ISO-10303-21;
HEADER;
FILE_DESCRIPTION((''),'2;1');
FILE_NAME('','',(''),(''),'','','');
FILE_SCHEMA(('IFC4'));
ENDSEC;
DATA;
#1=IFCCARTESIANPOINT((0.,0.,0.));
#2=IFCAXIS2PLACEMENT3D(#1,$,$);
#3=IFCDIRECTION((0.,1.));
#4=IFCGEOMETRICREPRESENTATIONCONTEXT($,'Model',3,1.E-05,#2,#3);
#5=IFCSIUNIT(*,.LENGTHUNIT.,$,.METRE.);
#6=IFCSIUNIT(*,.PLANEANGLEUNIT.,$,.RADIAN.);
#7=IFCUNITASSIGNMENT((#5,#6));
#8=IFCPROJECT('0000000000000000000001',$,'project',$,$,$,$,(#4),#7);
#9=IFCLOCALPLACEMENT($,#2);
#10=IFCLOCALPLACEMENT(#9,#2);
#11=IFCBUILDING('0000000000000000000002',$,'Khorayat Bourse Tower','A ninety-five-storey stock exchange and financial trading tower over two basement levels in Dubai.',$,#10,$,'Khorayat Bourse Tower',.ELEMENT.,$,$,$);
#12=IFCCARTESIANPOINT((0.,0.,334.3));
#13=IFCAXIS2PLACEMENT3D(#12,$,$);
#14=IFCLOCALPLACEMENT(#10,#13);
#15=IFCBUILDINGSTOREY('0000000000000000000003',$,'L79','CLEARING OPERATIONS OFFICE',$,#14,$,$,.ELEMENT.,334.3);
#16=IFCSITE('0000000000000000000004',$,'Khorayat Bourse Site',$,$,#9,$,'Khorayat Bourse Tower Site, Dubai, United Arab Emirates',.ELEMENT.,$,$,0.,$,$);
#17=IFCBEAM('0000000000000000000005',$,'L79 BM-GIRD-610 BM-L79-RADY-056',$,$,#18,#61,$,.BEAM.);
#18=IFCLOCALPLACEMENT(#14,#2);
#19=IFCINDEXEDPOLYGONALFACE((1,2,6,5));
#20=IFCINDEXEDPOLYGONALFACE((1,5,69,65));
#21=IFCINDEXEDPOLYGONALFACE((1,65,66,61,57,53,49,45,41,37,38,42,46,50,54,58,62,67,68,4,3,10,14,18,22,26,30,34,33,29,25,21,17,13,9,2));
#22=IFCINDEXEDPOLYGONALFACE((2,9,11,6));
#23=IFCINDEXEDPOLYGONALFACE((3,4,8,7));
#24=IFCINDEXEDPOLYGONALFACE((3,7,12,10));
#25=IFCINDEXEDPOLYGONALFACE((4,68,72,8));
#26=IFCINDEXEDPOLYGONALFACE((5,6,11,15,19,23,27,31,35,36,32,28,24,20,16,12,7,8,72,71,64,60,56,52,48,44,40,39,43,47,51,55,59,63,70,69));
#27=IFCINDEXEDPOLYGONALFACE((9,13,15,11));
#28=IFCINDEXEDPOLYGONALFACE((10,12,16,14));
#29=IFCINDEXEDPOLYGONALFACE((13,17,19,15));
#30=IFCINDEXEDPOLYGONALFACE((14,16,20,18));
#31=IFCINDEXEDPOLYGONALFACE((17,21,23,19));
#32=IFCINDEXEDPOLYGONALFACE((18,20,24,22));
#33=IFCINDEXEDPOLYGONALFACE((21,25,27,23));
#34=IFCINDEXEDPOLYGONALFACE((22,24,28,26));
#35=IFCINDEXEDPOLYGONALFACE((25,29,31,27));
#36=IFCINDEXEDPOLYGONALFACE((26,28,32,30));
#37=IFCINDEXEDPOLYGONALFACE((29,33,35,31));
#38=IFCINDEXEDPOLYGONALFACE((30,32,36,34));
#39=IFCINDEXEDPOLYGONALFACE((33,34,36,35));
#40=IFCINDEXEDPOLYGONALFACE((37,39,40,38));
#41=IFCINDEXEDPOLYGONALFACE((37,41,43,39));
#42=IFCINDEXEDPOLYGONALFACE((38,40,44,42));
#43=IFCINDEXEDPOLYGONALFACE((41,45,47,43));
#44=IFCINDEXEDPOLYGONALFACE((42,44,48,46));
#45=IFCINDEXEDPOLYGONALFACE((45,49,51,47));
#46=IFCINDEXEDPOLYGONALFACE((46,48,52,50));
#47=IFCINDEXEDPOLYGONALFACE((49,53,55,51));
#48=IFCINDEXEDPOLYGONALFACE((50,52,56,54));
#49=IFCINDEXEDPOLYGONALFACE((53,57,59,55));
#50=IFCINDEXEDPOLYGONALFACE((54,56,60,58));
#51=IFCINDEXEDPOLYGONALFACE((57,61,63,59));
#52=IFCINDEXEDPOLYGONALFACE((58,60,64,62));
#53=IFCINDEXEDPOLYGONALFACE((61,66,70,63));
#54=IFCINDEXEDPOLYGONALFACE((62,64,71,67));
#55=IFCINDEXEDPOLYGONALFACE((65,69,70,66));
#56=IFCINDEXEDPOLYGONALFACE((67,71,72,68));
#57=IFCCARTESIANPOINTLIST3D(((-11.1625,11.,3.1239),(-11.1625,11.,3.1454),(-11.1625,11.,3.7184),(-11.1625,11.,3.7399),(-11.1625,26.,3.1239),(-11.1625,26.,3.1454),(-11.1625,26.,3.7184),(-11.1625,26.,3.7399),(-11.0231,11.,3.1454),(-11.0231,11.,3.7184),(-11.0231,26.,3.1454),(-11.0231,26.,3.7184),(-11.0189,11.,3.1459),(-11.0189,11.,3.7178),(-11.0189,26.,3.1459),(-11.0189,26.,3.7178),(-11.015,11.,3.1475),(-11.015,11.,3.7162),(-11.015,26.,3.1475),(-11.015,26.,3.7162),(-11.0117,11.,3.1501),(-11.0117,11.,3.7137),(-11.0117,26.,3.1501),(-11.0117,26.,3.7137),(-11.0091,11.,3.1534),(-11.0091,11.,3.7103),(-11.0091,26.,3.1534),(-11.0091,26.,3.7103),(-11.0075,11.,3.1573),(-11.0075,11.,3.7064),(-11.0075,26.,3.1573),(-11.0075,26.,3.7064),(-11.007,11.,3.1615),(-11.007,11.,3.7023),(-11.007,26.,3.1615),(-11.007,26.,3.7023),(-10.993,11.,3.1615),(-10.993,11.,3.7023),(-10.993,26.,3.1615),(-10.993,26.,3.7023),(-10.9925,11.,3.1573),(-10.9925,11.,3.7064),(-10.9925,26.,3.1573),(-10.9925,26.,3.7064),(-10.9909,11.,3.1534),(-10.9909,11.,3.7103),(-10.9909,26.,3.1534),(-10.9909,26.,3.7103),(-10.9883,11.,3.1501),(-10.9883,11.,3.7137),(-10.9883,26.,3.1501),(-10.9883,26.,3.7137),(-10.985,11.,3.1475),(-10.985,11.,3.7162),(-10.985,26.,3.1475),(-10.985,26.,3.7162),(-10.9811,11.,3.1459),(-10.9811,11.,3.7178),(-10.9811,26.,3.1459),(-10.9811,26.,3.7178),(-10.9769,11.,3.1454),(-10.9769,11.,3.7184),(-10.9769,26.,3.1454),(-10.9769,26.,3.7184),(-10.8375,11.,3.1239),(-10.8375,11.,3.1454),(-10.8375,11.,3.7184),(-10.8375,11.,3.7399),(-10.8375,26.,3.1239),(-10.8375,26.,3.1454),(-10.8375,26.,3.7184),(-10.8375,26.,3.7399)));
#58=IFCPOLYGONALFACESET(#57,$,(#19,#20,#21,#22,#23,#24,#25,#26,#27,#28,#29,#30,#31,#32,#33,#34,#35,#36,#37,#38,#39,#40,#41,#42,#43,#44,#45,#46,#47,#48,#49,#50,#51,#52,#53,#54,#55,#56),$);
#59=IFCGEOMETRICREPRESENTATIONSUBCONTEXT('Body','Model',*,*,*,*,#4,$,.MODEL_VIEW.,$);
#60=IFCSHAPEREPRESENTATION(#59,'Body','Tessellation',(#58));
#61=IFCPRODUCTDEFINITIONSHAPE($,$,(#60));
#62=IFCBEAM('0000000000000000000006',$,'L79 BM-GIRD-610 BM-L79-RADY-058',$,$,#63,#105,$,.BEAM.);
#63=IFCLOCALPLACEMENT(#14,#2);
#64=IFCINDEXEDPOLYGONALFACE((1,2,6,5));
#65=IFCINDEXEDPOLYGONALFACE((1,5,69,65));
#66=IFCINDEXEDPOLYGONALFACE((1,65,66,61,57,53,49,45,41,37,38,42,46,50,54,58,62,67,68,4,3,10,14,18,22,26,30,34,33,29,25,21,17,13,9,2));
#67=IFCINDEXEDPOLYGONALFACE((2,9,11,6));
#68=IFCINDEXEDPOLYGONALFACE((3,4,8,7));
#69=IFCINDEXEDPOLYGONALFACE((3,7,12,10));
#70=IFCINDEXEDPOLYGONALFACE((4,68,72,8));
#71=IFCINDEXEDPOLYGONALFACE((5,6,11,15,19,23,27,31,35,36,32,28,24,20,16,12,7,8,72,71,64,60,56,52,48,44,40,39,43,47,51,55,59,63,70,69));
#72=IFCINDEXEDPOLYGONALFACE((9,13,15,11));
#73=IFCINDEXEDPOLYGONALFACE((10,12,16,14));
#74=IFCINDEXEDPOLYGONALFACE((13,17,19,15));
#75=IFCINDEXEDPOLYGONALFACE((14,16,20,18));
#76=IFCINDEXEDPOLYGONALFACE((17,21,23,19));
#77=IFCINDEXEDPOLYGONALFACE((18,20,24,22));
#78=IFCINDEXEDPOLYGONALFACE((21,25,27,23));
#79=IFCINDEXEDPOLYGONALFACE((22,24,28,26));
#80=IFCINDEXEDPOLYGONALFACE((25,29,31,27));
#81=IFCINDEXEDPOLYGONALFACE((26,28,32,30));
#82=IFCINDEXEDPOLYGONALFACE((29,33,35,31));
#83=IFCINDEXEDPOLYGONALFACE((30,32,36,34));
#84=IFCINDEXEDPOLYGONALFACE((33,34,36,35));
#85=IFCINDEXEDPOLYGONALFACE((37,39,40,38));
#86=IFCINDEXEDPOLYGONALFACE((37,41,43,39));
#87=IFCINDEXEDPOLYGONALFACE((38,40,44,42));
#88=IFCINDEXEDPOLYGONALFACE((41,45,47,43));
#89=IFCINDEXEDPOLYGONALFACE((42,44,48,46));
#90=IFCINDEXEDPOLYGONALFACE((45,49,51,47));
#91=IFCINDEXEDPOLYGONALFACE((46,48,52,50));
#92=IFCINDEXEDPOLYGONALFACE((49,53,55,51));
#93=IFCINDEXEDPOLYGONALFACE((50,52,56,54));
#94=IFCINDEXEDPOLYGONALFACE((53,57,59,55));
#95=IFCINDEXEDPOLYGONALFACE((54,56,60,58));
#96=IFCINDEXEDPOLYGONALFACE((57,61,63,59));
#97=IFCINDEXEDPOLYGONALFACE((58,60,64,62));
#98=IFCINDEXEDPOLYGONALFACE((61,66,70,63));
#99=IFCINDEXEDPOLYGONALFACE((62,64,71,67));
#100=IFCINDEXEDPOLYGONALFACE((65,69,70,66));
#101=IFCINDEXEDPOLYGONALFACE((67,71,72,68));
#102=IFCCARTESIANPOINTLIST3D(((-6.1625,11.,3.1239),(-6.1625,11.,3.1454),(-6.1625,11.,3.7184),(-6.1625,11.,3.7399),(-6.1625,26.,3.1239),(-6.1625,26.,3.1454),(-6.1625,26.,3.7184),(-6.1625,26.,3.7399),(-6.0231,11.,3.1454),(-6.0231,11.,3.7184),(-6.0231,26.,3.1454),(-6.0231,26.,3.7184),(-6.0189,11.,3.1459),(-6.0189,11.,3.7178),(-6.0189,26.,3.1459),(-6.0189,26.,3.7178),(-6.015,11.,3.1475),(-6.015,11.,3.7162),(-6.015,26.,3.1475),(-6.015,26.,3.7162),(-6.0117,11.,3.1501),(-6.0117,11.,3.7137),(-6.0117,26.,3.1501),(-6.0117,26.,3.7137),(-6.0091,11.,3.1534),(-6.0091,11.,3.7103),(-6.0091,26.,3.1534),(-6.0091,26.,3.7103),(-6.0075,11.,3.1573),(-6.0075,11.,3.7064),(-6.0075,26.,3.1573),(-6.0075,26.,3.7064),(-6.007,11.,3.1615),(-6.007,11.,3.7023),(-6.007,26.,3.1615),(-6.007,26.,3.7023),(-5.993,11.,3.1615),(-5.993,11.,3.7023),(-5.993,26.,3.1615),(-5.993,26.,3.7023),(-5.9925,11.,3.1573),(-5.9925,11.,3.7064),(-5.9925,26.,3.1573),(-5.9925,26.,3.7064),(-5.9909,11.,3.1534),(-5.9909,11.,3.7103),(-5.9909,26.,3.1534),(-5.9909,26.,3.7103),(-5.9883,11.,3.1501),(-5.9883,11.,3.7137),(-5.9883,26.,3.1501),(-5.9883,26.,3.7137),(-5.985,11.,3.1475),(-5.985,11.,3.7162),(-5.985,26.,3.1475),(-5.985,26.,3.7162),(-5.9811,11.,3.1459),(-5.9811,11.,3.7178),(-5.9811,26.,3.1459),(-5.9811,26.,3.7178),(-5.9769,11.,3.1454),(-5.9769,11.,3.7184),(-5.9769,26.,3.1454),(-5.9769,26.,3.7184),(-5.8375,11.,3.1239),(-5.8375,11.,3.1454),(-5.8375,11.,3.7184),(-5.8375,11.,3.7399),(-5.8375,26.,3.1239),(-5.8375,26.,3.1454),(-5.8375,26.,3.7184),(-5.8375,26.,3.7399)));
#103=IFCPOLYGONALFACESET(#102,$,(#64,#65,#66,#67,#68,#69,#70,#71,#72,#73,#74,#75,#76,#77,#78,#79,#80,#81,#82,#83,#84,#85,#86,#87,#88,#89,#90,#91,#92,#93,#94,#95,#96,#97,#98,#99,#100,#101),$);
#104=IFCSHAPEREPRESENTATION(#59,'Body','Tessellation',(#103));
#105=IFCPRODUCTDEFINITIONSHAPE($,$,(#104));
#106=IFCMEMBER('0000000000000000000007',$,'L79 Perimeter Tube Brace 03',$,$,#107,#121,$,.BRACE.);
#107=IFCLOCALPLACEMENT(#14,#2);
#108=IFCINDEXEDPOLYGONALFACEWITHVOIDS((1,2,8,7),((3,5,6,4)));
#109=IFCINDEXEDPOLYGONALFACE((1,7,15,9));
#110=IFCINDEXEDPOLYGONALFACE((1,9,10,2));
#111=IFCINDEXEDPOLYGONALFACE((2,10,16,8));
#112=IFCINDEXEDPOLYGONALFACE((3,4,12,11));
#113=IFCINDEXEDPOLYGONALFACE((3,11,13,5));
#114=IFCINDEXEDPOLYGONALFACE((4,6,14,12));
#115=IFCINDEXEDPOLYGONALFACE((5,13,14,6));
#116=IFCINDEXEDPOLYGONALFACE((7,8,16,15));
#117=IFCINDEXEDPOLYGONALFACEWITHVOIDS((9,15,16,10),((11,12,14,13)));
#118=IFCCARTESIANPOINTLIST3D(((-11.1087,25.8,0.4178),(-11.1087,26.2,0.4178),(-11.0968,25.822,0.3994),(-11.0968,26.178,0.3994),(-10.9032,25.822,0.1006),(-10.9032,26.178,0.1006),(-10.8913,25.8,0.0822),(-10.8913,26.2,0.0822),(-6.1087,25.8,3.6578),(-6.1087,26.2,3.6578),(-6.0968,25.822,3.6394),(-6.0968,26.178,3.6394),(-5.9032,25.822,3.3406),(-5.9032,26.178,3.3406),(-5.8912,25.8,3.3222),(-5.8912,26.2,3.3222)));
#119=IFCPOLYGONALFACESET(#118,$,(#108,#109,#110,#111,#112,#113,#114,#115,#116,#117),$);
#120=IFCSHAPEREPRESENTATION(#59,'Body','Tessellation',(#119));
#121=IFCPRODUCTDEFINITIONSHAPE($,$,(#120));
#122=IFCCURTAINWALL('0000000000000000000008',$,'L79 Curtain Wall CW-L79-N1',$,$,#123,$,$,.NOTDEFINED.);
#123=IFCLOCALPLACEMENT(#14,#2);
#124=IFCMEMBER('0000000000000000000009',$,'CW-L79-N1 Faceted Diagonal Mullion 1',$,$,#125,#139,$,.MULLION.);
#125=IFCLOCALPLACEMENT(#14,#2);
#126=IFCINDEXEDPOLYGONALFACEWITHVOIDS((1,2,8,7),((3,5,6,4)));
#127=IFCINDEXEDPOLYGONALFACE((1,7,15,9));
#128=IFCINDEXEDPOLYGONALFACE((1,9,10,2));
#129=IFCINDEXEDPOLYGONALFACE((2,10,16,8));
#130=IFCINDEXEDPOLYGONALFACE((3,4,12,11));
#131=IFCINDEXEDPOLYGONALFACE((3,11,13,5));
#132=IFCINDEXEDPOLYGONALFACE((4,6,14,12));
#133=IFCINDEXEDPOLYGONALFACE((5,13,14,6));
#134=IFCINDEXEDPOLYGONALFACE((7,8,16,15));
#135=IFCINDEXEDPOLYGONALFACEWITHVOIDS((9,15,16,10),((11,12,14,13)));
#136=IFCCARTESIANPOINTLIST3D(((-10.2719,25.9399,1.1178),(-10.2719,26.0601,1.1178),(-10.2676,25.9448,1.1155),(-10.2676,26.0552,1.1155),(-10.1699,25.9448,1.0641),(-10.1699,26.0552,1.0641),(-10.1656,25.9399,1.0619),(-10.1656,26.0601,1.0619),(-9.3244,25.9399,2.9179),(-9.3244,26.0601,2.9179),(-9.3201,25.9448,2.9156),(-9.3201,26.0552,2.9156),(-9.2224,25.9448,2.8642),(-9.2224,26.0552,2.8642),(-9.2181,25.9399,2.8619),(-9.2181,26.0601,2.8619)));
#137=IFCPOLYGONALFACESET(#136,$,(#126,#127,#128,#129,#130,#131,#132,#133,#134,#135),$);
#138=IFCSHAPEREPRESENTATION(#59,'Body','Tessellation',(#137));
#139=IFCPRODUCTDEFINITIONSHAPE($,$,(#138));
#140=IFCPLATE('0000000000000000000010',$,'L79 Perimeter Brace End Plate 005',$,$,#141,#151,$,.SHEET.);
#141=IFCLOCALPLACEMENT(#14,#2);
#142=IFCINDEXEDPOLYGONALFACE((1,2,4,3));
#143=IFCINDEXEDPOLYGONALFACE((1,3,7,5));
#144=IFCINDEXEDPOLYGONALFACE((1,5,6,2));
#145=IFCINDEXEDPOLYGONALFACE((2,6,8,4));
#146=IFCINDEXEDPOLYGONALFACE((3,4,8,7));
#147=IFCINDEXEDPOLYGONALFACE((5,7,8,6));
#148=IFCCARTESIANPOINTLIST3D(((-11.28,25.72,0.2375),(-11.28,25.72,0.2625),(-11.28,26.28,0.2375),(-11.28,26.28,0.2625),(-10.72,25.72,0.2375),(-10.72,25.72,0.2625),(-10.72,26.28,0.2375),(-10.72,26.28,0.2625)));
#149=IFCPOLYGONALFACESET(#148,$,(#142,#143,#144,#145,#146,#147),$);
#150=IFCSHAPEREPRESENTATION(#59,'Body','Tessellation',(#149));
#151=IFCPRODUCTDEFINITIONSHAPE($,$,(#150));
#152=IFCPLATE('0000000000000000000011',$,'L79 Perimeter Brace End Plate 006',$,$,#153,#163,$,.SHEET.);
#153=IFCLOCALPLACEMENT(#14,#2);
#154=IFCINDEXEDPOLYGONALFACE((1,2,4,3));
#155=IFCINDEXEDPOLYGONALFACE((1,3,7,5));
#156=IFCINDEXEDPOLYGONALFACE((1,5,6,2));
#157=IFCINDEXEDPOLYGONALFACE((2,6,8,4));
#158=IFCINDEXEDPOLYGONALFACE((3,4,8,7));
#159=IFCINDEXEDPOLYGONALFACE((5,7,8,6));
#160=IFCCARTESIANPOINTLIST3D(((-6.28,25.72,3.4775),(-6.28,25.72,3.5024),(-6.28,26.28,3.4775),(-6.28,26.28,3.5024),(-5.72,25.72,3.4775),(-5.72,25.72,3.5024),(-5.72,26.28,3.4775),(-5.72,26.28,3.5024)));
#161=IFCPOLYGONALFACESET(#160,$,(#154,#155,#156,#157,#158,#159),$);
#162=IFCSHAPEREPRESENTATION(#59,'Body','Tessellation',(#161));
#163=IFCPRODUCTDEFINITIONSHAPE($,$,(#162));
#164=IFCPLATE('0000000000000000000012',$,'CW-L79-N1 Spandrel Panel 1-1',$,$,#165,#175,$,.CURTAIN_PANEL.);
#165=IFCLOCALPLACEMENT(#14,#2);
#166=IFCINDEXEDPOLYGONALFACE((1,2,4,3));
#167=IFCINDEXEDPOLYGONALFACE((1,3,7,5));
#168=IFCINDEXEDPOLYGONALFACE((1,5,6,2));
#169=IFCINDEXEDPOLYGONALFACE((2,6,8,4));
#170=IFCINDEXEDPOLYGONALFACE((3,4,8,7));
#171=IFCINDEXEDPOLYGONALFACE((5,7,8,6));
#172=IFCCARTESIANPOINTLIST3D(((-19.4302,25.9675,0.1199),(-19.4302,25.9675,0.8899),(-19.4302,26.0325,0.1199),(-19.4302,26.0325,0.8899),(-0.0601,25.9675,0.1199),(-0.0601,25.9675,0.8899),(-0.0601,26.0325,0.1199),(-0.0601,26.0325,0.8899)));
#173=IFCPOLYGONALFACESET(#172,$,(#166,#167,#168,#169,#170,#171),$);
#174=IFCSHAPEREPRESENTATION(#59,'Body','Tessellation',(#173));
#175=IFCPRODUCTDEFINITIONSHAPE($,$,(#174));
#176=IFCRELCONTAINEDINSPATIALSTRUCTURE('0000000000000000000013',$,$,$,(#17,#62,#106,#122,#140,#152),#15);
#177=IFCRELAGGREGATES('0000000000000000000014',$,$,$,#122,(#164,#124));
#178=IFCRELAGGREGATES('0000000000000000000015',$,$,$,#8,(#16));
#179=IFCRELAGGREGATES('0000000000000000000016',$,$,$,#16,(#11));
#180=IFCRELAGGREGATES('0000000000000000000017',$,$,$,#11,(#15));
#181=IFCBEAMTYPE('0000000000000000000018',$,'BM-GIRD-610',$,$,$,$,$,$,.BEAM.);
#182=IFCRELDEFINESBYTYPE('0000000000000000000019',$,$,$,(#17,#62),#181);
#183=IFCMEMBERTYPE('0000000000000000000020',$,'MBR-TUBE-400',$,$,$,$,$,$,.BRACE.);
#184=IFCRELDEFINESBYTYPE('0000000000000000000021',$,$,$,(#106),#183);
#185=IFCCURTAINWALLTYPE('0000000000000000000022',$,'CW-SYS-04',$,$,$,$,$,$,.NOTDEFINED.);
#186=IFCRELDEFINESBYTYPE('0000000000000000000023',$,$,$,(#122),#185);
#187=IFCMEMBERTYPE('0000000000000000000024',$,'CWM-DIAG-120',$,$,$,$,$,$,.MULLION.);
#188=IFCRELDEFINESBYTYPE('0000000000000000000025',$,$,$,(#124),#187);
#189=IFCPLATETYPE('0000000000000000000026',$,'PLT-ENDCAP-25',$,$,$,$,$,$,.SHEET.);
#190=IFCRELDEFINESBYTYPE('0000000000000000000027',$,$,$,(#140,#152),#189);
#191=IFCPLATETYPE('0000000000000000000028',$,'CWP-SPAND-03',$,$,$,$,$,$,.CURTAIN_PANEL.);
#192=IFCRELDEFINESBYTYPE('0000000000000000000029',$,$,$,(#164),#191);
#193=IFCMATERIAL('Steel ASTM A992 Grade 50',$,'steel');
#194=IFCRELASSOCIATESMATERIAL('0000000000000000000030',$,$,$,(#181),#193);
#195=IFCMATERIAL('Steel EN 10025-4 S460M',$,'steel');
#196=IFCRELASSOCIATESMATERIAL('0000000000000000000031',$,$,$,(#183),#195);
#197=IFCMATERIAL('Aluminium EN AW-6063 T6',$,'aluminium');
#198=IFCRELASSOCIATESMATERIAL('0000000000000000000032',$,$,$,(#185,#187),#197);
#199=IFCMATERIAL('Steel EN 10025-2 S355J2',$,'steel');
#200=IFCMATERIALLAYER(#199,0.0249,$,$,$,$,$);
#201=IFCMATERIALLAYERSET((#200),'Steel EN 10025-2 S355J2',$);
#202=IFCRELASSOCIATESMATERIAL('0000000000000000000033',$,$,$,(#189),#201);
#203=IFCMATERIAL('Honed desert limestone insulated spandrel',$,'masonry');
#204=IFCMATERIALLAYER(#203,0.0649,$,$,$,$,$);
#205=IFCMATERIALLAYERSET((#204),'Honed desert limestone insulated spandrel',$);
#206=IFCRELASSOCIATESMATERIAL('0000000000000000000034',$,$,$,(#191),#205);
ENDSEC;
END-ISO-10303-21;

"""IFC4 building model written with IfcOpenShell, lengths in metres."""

from ifc_helpers import new_model, si_unit, direction, frame, origin, origin_2d, place, context, subcontext, project, spatial, rectangle, hollow_rectangle, i_section, extrude, source, transform, mapped, material, layer, layer_set, material_profile, profile_set, type_object, element, aggregate, save


model = new_model("IFC4")

# Units and contexts
model_context = context("Model", 3, precision=1e-05, world=origin(), true_north=direction((0.0, 1.0)))
body_context = subcontext(model_context, "Body", "Model", "MODEL_VIEW")
ifc_project = project(units=[si_unit("LENGTHUNIT", "METRE"), si_unit("PLANEANGLEUNIT", "RADIAN")], contexts=[model_context])

# Site, building, storey
site_placement = place(None, origin())
site = spatial("IfcSite", under=ifc_project, at=site_placement, Name="Khorayat Bourse Site", LongName="Khorayat Bourse Tower Site, Dubai, United Arab Emirates", CompositionType="ELEMENT", RefElevation=0.0)
building_placement = place(site_placement, origin())
building = spatial("IfcBuilding", under=site, at=building_placement, Name="Khorayat Bourse Tower", Description="A ninety-five-storey stock exchange and financial trading tower over two basement levels in Dubai.", LongName="Khorayat Bourse Tower", CompositionType="ELEMENT")
storey_placement = place(building_placement, frame((0.0, 0.0, 334.3)))
storey = spatial("IfcBuildingStorey", under=building, at=storey_placement, Name="L79", Description="CLEARING OPERATIONS OFFICE", CompositionType="ELEMENT", Elevation=334.3)

# Shared definitions
ifc_material_1 = material(Name="Steel EN 10025-2 S355J2", Category="steel")

# Beams
ifc_material_2 = material(Name="Steel ASTM A992 Grade 50", Category="steel")
ifc_material_profile_1 = material_profile(ifc_material_2, i_section(OverallWidth=0.325, OverallDepth=0.616, WebThickness=0.0139, FlangeThickness=0.0215, FilletRadius=0.0161, at=origin_2d()), Name="W610X174")
ifc_profile_set_1 = profile_set([ifc_material_profile_1], Name="Steel ASTM A992 Grade 50")
beam_type_1 = type_object("IfcBeamType", Name="BM-GIRD-610", PredefinedType="BEAM", material=ifc_profile_set_1)
shared_shape_1 = source(origin(), body_context, "Body", "SweptSolid", [
    extrude(i_section(OverallWidth=0.325, OverallDepth=0.616, WebThickness=0.0139, FlangeThickness=0.0215, FilletRadius=0.0161, at=origin_2d()), origin(), (0.0, 0.0, 1.0), 15.0),
])
for number, where, z_axis, x_axis, name in (
    (1, (-11.0, 11.0, 3.4319), (0.0, 1.0, 0.0), (-1.0, 0.0, 0.0), "L79 BM-GIRD-610 BM-L79-RADY-056"),
    (2, (-6.0, 11.0, 3.4319), (0.0, 1.0, 0.0), (-1.0, 0.0, 0.0), "L79 BM-GIRD-610 BM-L79-RADY-058"),
):
    element("IfcBeam", number, at=place(storey_placement, frame(where, z_axis=z_axis, x_axis=x_axis)), inside=storey, type_object=beam_type_1, Name=name, PredefinedType="BEAM", context=body_context, shape_type="MappedRepresentation", body=[
        mapped(shared_shape_1, transform((0.0, 0.0, 0.0), scale=1.0)),
    ])

# Member
ifc_material_3 = material(Name="Steel EN 10025-4 S460M", Category="steel")
ifc_material_profile_2 = material_profile(ifc_material_3, hollow_rectangle(XDim=0.3999, YDim=0.3999, WallThickness=0.022, at=origin_2d()), Name="HSS 400x400x22")
ifc_profile_set_2 = profile_set([ifc_material_profile_2], Name="Steel EN 10025-4 S460M")
member_type_1 = type_object("IfcMemberType", Name="MBR-TUBE-400", PredefinedType="BRACE", material=ifc_profile_set_2)
shared_shape_2 = source(origin(), body_context, "Body", "SweptSolid", [
    extrude(hollow_rectangle(XDim=0.3999, YDim=0.3999, WallThickness=0.022, at=origin_2d()), origin(), (0.0, 0.0, 1.0), 5.958),
])
member_1_placement = place(storey_placement, frame((-11.0, 26.0, 0.25), z_axis=(0.83921, 0.0, 0.543807), x_axis=(0.0, 1.0, 0.0)))
element("IfcMember", 3, at=member_1_placement, inside=storey, type_object=member_type_1, Name="L79 Perimeter Tube Brace 03", PredefinedType="BRACE", context=body_context, shape_type="MappedRepresentation", body=[
    mapped(shared_shape_2, transform((0.0, 0.0, 0.0), scale=1.0)),
])

# Curtain wall, member
ifc_material_4 = material(Name="Aluminium EN AW-6063 T6", Category="aluminium")
curtain_wall_type = type_object("IfcCurtainWallType", Name="CW-SYS-04", PredefinedType="NOTDEFINED", material=ifc_material_4)
curtain_wall_placement = place(storey_placement, origin())
curtain_wall = element("IfcCurtainWall", 4, at=curtain_wall_placement, inside=storey, type_object=curtain_wall_type, Name="L79 Curtain Wall CW-L79-N1", PredefinedType="NOTDEFINED")
ifc_material_profile_3 = material_profile(ifc_material_4, hollow_rectangle(XDim=0.1201, YDim=0.1201, WallThickness=0.0049, at=origin_2d()), Name="ALU 120x120x5")
ifc_profile_set_3 = profile_set([ifc_material_profile_3], Name="Aluminium EN AW-6063 T6")
member_type_2 = type_object("IfcMemberType", Name="CWM-DIAG-120", PredefinedType="MULLION", material=ifc_profile_set_3)
shared_shape_3 = source(origin(), body_context, "Body", "SweptSolid", [
    extrude(hollow_rectangle(XDim=0.1201, YDim=0.1201, WallThickness=0.0049, at=origin_2d()), origin(), (0.0, 0.0, 1.0), 2.0342),
])
member_2_placement = place(storey_placement, frame((-10.2188, 26.0, 1.0898), z_axis=(0.465791, 0.0, 0.884895), x_axis=(0.0, 1.0, 0.0)))
member_2 = element("IfcMember", 5, at=member_2_placement, type_object=member_type_2, Name="CW-L79-N1 Faceted Diagonal Mullion 1", PredefinedType="MULLION", context=body_context, shape_type="MappedRepresentation", body=[
    mapped(shared_shape_3, transform((0.0, 0.0, 0.0), scale=1.0)),
])

# Plates
ifc_layer_1 = layer(ifc_material_1, 0.0249)
ifc_layer_set_1 = layer_set([ifc_layer_1], Name="Steel EN 10025-2 S355J2")
plate_type_1 = type_object("IfcPlateType", Name="PLT-ENDCAP-25", PredefinedType="SHEET", material=ifc_layer_set_1)
shared_shape_4 = source(origin(), body_context, "Body", "SweptSolid", [
    extrude(rectangle(XDim=0.5601, YDim=0.5601, at=origin_2d()), origin(), (0.0, 0.0, 1.0), 0.0249),
])
for number, where, z_axis, x_axis, name in (
    (6, (-11.0, 26.0, 0.2375), (0.0, 0.0, 1.0), (1.0, 0.0, 0.0), "L79 Perimeter Brace End Plate 005"),
    (7, (-6.0, 26.0, 3.4775), (0.0, 0.0, 1.0), (1.0, 0.0, 0.0), "L79 Perimeter Brace End Plate 006"),
):
    element("IfcPlate", number, at=place(storey_placement, frame(where, z_axis=z_axis, x_axis=x_axis)), inside=storey, type_object=plate_type_1, Name=name, PredefinedType="SHEET", context=body_context, shape_type="MappedRepresentation", body=[
        mapped(shared_shape_4, transform((0.0, 0.0, 0.0), scale=1.0)),
    ])

# Plate
ifc_material_5 = material(Name="Honed desert limestone insulated spandrel", Category="masonry")
ifc_layer_2 = layer(ifc_material_5, 0.0649)
ifc_layer_set_2 = layer_set([ifc_layer_2], Name="Honed desert limestone insulated spandrel")
plate_type_2 = type_object("IfcPlateType", Name="CWP-SPAND-03", PredefinedType="CURTAIN_PANEL", material=ifc_layer_set_2)
shared_shape_5 = source(origin(), body_context, "Body", "SweptSolid", [
    extrude(rectangle(XDim=19.3701, YDim=0.0649, at=origin_2d()), origin(), (0.0, 0.0, 1.0), 0.77),
])
plate_1_placement = place(storey_placement, frame((-9.7451, 26.0, 0.1199), z_axis=(0.0, 0.0, 1.0), x_axis=(1.0, 0.0, 0.0)))
plate_1 = element("IfcPlate", 8, at=plate_1_placement, type_object=plate_type_2, Name="CW-L79-N1 Spandrel Panel 1-1", PredefinedType="CURTAIN_PANEL", context=body_context, shape_type="MappedRepresentation", body=[
    mapped(shared_shape_5, transform((0.0, 0.0, 0.0), scale=1.0)),
])
aggregate(curtain_wall, [plate_1, member_2])

save(model, "model.ifc")
